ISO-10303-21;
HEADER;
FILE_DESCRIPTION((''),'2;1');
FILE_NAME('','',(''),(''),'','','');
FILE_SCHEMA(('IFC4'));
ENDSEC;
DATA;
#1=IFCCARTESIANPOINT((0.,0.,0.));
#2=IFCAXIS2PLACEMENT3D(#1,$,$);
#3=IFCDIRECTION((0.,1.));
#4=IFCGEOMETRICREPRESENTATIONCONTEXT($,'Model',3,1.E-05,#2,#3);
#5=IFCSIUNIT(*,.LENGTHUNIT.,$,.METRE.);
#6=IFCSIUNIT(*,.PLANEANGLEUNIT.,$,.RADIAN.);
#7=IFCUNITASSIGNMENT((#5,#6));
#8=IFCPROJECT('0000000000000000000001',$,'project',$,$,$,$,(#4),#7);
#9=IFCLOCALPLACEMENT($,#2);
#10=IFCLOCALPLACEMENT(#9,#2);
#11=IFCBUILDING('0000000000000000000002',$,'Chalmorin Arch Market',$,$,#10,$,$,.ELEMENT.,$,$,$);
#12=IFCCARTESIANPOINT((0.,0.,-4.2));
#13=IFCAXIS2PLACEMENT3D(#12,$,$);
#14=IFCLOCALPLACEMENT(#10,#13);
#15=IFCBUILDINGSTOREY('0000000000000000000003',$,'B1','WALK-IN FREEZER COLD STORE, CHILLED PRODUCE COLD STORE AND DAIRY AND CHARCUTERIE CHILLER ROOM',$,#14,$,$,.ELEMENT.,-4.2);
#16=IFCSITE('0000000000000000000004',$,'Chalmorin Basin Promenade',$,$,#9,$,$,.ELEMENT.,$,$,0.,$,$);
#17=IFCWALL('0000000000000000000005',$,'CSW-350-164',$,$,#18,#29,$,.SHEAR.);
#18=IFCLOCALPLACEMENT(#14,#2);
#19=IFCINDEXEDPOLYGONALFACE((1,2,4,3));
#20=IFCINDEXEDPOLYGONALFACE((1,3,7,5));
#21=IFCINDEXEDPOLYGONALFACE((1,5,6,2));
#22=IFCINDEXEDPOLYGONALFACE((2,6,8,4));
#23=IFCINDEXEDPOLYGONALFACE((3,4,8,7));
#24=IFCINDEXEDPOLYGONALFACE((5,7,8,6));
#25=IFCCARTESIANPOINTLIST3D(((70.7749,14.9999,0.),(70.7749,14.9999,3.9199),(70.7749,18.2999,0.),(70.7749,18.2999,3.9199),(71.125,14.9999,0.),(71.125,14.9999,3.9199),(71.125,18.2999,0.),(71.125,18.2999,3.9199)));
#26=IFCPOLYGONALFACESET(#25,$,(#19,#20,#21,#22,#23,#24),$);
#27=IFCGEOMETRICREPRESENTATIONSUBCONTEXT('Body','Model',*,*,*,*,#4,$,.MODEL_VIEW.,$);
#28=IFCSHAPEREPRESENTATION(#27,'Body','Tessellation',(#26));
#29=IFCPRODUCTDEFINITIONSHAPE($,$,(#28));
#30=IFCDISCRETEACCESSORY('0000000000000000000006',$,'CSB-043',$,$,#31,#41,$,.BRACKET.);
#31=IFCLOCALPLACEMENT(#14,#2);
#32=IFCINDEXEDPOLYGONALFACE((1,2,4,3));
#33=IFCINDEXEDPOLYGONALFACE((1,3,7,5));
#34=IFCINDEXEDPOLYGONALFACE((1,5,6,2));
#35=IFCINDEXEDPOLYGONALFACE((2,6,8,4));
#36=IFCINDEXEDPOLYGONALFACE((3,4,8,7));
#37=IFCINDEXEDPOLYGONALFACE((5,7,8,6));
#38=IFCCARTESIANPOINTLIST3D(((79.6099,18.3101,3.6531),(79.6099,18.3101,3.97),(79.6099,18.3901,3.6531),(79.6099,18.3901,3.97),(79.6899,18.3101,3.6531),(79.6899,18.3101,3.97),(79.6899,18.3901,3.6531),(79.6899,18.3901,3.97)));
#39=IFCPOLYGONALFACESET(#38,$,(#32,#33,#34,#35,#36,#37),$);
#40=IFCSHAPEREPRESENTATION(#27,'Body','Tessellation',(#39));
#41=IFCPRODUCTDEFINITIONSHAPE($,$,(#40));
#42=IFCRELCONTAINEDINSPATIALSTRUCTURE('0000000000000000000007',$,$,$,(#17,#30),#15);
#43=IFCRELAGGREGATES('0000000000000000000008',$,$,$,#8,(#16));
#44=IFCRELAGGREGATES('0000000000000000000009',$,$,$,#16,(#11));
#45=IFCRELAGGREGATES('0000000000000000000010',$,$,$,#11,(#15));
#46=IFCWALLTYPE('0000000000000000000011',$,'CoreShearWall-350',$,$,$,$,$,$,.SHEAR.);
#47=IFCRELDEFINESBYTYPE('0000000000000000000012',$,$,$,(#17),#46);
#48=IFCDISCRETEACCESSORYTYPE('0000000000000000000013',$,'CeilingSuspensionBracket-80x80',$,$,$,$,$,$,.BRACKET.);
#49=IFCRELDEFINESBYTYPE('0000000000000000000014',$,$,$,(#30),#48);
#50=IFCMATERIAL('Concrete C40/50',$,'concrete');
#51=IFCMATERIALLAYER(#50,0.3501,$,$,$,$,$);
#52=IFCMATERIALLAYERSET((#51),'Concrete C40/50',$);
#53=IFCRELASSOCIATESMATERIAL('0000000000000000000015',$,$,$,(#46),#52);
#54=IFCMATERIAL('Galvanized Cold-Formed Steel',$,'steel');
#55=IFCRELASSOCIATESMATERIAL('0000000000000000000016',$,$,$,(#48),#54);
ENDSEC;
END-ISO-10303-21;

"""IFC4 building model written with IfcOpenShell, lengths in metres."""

from ifc_helpers import new_model, si_unit, direction, frame, frame_2d, origin, origin_2d, place, context, subcontext, project, spatial, rectangle, extrude, material, layer, layer_set, type_object, element, save


model = new_model("IFC4")

# Units and contexts
model_context = context("Model", 3, precision=1e-05, world=origin(), true_north=direction((0.0, 1.0)))
body_context = subcontext(model_context, "Body", "Model", "MODEL_VIEW")
ifc_project = project(units=[si_unit("LENGTHUNIT", "METRE"), si_unit("PLANEANGLEUNIT", "RADIAN")], contexts=[model_context])

# Site, building, storey
site_placement = place(None, origin())
site = spatial("IfcSite", under=ifc_project, at=site_placement, Name="Chalmorin Basin Promenade", CompositionType="ELEMENT", RefElevation=0.0)
building_placement = place(site_placement, origin())
building = spatial("IfcBuilding", under=site, at=building_placement, Name="Chalmorin Arch Market", CompositionType="ELEMENT")
storey_placement = place(building_placement, frame((0.0, 0.0, -4.2)))
storey = spatial("IfcBuildingStorey", under=building, at=storey_placement, Name="B1", Description="WALK-IN FREEZER COLD STORE, CHILLED PRODUCE COLD STORE AND DAIRY AND CHARCUTERIE CHILLER ROOM", CompositionType="ELEMENT", Elevation=-4.2)

# Shared definitions
ifc_material_1 = material(Name="Concrete C40/50", Category="concrete")

# Wall
ifc_layer_1 = layer(ifc_material_1, 0.3501)
ifc_layer_set_1 = layer_set([ifc_layer_1], Name="Concrete C40/50")
wall_type = type_object("IfcWallType", Name="CoreShearWall-350", PredefinedType="SHEAR", material=ifc_layer_set_1)
for number, where, z_axis, x_axis, name in (
    (1, (70.95, 15.0, 0.0), (0.0, 0.0, 1.0), (0.0, 1.0, 0.0), "CSW-350-164"),
):
    element("IfcWall", number, at=place(storey_placement, frame(where, z_axis=z_axis, x_axis=x_axis)), inside=storey, type_object=wall_type, Name=name, PredefinedType="SHEAR", context=body_context, shape_type="SweptSolid", body=[
        extrude(rectangle(XDim=3.3, YDim=0.3501, at=frame_2d((1.6499, 0.0))), origin(), (0.0, 0.0, 1.0), 3.9199),
    ])

# Discrete accessory
ifc_material_2 = material(Name="Galvanized Cold-Formed Steel", Category="steel")
discrete_accessory_type = type_object("IfcDiscreteAccessoryType", Name="CeilingSuspensionBracket-80x80", PredefinedType="BRACKET", material=ifc_material_2)
discrete_accessory_placement = place(storey_placement, frame((79.6499, 18.3501, 3.6531), z_axis=(0.0, 0.0, 1.0), x_axis=(1.0, 0.0, 0.0)))
element("IfcDiscreteAccessory", 2, at=discrete_accessory_placement, inside=storey, type_object=discrete_accessory_type, Name="CSB-043", PredefinedType="BRACKET", context=body_context, shape_type="SweptSolid", body=[
    extrude(rectangle(XDim=0.0801, YDim=0.0801, at=origin_2d()), origin(), (0.0, 0.0, 1.0), 0.3169),
])

save(model, "model.ifc")
